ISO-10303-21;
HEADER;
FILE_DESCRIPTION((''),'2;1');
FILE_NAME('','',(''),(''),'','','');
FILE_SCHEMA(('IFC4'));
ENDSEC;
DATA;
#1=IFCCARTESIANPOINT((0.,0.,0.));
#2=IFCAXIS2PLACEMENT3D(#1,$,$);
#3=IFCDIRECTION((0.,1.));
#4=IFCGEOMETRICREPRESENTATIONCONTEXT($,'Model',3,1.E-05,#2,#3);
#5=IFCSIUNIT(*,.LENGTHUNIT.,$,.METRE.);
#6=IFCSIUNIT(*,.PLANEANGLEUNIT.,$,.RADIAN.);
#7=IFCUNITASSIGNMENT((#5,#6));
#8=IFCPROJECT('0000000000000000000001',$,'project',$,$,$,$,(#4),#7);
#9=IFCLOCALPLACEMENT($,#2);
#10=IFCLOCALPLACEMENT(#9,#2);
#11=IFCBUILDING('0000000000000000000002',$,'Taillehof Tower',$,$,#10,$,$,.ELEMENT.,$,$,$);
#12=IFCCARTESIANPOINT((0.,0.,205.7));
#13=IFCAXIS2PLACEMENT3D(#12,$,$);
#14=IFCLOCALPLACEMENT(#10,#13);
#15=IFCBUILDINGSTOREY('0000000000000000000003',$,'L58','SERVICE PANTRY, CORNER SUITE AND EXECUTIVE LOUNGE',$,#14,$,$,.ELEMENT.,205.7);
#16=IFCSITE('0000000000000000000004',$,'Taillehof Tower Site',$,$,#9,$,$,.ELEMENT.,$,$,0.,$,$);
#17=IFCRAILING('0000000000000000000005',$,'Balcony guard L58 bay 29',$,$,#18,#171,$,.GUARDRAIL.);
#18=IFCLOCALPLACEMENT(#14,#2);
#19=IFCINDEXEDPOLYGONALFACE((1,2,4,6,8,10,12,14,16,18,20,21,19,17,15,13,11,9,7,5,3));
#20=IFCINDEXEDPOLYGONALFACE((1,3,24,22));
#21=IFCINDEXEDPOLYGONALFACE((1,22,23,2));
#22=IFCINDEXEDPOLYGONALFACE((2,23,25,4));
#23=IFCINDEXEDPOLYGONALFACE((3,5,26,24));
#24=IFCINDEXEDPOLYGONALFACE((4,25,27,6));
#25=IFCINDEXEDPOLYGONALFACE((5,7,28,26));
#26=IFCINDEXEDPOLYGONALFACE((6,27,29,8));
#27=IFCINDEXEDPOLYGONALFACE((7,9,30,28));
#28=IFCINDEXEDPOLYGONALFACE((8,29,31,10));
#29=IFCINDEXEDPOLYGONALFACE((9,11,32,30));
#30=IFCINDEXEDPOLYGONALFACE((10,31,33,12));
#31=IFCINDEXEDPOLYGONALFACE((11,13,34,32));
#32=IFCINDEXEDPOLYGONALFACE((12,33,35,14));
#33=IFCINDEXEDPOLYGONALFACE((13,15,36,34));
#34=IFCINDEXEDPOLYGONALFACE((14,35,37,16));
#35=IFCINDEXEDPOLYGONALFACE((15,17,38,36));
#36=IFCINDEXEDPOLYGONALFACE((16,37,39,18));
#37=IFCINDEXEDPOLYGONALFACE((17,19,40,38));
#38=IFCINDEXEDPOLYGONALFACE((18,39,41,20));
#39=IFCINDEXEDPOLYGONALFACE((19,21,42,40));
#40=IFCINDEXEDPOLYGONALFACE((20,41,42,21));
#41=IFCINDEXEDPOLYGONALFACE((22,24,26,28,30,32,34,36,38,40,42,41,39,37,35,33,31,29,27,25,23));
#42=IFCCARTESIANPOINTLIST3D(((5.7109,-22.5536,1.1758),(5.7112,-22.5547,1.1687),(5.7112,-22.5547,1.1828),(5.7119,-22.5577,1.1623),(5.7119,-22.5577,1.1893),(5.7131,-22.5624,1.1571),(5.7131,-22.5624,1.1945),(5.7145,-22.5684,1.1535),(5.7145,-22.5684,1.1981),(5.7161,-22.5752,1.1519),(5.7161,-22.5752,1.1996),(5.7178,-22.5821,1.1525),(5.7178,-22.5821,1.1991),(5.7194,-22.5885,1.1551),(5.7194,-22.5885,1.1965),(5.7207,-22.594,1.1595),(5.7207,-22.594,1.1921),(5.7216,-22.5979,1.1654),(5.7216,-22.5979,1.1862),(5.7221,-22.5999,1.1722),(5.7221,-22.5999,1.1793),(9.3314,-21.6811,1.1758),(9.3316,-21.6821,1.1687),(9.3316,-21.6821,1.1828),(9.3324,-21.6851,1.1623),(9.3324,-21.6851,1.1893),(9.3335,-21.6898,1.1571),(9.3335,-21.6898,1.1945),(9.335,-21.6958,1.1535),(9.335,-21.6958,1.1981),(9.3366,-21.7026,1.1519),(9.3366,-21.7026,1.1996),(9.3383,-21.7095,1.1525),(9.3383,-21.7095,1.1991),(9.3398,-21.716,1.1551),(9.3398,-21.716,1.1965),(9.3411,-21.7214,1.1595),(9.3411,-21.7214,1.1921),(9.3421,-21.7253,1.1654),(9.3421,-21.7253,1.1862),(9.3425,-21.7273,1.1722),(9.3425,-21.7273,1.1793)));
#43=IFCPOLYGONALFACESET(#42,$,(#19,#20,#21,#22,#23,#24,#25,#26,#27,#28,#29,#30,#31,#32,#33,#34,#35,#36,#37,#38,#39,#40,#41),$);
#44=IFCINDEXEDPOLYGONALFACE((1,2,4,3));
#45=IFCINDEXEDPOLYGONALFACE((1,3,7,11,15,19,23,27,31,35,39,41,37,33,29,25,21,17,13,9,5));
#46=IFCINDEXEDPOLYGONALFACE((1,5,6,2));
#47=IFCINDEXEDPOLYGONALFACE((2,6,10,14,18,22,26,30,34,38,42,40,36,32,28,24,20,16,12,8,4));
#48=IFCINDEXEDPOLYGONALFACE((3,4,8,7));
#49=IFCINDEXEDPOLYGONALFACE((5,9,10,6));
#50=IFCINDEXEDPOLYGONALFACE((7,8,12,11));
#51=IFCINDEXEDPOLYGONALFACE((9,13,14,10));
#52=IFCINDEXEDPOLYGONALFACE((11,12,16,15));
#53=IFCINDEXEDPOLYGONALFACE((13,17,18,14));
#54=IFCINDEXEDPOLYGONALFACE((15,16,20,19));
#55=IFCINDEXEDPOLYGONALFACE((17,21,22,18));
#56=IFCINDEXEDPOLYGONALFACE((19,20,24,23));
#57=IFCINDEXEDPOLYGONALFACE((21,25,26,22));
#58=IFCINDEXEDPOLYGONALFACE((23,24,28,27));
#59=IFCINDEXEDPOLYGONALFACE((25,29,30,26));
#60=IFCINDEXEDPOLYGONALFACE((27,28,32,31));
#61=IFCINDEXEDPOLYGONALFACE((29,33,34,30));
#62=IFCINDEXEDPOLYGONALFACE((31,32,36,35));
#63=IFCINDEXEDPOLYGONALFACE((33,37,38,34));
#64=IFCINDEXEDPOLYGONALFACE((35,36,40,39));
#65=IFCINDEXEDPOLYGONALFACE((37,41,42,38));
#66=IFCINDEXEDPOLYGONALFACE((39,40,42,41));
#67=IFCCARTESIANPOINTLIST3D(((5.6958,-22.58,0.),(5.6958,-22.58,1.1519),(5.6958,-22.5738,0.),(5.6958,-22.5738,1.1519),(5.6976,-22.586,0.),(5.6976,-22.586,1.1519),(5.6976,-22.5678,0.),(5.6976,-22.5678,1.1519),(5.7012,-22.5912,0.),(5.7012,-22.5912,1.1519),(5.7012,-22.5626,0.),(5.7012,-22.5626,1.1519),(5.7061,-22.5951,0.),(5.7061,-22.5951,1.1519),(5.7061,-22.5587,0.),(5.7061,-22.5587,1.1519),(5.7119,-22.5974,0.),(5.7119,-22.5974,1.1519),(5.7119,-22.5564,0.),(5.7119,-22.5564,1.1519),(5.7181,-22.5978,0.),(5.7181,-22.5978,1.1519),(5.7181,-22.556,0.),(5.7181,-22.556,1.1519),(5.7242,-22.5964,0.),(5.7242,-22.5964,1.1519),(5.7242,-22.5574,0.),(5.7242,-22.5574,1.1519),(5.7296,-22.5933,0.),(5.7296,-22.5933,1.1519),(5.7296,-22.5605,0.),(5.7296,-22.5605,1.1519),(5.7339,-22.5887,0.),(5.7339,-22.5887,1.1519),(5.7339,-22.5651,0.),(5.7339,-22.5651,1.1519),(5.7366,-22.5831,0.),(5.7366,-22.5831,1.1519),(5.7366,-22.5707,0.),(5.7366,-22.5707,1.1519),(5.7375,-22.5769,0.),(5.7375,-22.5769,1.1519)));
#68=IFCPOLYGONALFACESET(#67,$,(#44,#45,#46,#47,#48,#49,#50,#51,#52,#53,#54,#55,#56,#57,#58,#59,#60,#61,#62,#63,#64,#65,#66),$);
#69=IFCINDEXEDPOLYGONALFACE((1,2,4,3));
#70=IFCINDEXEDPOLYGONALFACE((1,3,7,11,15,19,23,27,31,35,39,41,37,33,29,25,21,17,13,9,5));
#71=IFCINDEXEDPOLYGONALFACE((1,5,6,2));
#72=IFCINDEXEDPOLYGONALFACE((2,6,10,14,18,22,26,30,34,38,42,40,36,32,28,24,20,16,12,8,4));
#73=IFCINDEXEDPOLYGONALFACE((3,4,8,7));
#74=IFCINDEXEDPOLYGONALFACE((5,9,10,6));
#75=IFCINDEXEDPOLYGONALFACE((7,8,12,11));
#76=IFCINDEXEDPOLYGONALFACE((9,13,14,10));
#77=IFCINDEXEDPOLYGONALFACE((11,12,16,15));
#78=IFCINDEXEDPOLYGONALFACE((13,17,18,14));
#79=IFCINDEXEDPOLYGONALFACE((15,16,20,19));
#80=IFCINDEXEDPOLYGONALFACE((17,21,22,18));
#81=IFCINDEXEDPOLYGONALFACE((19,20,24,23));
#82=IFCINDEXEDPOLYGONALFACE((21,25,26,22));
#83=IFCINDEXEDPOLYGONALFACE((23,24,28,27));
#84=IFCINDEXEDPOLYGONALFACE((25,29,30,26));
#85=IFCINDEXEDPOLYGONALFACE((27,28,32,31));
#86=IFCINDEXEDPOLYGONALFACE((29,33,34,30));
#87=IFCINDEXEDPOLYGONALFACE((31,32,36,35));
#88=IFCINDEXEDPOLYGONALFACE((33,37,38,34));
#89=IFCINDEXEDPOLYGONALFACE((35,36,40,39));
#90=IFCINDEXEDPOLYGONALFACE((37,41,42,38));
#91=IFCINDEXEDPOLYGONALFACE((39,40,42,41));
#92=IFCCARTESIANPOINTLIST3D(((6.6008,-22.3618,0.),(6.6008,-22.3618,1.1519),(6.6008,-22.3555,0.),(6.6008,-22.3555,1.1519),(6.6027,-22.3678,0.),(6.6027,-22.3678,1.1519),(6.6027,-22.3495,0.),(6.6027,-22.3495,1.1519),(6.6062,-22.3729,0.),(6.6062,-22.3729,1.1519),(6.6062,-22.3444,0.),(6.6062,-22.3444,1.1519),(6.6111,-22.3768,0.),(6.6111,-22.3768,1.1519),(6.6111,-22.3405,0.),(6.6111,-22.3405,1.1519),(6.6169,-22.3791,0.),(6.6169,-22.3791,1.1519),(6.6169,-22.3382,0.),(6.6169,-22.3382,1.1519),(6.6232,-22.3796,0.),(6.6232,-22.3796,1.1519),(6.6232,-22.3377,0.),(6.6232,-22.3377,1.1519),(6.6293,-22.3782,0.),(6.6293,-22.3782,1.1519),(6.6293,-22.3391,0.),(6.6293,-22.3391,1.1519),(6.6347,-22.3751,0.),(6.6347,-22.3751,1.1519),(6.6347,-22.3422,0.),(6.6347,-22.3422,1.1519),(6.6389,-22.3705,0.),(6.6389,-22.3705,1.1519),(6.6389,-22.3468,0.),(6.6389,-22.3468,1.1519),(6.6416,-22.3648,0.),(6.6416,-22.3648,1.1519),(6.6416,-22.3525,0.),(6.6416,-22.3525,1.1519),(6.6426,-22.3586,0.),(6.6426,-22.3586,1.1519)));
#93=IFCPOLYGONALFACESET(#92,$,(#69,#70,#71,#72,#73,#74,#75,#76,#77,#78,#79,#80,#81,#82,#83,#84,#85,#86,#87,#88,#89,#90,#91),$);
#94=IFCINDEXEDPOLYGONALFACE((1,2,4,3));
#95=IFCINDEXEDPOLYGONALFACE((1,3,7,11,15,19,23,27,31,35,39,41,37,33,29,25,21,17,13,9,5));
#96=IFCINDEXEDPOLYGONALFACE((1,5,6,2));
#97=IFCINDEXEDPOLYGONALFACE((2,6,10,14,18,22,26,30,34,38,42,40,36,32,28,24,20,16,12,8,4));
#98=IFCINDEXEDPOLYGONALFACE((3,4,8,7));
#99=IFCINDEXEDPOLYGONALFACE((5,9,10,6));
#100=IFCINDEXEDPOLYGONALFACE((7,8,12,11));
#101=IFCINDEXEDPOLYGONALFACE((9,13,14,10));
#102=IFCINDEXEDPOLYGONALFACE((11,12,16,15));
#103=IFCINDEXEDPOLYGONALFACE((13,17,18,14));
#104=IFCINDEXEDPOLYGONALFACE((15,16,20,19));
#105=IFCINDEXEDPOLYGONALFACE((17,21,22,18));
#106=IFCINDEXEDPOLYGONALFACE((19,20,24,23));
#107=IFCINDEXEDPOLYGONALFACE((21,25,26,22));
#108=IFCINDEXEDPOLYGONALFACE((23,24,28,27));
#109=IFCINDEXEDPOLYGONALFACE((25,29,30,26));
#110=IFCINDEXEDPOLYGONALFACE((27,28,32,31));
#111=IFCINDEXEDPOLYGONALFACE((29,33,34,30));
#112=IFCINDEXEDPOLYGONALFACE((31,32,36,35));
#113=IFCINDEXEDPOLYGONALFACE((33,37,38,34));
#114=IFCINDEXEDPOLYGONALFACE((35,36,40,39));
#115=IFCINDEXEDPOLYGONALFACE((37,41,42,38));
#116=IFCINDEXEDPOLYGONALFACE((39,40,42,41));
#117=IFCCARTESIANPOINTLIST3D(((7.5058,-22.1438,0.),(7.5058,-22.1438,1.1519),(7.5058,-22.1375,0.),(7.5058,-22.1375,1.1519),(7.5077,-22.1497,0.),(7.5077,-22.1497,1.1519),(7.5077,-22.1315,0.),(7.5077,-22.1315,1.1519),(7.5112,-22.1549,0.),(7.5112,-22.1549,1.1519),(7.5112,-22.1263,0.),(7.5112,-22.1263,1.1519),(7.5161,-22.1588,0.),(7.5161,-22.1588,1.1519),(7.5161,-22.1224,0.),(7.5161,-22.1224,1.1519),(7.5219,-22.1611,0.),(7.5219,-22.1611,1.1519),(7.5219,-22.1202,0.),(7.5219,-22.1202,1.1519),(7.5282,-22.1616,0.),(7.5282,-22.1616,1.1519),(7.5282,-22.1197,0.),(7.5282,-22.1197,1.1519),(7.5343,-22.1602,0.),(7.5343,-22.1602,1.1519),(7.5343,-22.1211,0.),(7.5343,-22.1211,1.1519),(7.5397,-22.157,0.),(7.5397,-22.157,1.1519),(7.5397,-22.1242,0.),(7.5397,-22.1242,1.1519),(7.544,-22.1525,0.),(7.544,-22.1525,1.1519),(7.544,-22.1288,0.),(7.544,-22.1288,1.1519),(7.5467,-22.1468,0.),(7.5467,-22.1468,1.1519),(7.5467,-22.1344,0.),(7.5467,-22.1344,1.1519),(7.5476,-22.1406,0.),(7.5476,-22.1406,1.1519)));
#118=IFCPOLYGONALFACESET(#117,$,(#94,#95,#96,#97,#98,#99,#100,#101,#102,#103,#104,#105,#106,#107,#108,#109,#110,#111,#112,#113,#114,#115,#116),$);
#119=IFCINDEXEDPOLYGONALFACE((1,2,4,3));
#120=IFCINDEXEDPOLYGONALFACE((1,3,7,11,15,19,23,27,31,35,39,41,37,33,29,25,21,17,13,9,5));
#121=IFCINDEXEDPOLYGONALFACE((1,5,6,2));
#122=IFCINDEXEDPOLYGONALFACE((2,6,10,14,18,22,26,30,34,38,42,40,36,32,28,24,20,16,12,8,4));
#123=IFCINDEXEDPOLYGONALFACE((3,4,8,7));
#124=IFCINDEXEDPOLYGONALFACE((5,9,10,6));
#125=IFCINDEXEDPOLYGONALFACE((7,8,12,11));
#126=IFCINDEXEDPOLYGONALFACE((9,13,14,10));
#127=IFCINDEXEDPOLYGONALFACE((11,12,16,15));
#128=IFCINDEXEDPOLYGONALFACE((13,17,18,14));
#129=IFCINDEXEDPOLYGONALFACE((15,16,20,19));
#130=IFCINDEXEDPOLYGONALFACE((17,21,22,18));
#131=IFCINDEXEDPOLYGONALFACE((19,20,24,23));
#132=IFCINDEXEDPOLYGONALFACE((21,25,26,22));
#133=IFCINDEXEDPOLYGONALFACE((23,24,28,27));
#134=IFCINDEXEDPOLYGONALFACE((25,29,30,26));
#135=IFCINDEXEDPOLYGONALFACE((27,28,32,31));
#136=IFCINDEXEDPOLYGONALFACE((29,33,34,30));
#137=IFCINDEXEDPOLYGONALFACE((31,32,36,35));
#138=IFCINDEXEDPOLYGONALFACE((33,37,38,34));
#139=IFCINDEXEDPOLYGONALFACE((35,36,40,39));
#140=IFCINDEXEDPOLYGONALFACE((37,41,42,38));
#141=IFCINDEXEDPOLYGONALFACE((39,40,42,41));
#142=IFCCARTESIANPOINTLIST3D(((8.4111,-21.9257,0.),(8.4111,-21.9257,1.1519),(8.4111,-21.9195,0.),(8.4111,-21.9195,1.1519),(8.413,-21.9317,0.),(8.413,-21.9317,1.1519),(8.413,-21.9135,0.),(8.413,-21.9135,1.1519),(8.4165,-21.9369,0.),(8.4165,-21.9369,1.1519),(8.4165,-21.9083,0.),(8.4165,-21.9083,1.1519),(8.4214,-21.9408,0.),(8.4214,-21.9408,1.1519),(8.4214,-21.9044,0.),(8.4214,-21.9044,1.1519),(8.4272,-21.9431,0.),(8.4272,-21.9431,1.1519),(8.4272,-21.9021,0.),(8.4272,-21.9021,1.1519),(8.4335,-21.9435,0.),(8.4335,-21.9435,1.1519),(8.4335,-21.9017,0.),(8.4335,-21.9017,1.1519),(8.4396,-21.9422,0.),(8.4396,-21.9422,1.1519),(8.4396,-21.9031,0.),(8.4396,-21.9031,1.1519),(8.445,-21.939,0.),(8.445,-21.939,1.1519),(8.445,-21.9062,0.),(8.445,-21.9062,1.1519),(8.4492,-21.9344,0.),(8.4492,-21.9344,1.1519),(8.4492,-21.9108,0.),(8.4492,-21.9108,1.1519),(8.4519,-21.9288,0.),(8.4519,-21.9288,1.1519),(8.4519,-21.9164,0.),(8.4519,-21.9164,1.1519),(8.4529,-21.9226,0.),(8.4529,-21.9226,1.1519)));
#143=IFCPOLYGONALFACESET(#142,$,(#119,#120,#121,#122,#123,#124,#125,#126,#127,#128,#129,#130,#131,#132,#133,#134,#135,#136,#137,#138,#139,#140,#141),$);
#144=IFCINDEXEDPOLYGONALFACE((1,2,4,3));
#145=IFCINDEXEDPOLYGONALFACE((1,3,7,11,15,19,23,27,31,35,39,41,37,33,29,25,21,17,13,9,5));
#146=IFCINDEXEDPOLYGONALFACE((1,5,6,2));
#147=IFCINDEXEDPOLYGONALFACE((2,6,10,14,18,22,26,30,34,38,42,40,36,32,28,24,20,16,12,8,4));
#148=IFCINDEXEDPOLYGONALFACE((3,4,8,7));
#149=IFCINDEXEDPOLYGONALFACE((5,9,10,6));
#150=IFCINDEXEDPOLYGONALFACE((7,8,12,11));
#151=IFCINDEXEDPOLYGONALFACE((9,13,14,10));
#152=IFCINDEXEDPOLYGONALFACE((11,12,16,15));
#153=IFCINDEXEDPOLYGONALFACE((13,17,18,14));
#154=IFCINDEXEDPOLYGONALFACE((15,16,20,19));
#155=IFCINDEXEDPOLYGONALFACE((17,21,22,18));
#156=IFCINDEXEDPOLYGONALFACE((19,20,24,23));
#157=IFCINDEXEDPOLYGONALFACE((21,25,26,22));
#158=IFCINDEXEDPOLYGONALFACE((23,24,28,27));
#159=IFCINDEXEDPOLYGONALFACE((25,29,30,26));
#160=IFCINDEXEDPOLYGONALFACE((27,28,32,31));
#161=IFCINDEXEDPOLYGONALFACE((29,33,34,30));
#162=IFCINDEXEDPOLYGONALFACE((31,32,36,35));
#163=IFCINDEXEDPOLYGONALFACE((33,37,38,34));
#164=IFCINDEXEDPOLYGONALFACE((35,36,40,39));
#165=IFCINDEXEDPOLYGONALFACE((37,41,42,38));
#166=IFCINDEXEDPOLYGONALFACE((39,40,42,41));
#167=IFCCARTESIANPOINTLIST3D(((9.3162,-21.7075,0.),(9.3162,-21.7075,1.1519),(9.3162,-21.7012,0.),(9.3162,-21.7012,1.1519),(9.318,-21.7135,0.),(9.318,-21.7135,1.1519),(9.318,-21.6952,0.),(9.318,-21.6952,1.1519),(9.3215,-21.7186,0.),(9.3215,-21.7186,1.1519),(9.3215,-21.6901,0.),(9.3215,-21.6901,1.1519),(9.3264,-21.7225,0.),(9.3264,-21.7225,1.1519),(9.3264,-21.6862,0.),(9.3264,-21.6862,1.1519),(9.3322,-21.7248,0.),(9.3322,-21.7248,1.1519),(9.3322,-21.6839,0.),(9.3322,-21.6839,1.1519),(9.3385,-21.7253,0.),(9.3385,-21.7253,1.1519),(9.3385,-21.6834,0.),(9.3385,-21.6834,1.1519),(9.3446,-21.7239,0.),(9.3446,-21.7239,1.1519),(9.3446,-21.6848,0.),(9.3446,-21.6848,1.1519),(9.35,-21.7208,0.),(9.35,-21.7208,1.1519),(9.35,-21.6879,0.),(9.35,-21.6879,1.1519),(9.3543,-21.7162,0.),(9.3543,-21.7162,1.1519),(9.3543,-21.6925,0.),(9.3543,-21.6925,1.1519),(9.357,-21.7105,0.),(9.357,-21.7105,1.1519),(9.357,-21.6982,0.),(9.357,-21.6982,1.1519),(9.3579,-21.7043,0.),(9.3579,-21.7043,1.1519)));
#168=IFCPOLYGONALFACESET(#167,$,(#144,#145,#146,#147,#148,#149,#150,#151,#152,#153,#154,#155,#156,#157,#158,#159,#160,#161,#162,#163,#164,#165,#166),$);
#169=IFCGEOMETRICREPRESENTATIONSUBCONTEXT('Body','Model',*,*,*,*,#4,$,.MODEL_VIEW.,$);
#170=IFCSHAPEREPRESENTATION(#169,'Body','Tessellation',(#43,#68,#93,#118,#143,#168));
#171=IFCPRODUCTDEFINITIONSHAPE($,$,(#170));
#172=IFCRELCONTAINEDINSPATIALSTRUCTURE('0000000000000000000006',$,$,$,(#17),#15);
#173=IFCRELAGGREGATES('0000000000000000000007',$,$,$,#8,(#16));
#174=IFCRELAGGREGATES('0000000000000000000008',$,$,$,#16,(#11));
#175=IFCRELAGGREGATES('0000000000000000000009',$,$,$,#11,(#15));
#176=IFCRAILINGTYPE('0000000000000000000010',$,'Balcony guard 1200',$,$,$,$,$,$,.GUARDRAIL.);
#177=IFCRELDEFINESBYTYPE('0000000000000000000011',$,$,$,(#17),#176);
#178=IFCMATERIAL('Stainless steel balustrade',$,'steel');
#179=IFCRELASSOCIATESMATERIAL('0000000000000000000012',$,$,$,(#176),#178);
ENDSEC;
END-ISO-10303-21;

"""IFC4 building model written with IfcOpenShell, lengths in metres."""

from ifc_helpers import new_model, si_unit, direction, frame, origin, origin_2d, place, context, subcontext, project, spatial, circle, extrude, material, type_object, element, save


model = new_model("IFC4")

# Units and contexts
model_context = context("Model", 3, precision=1e-05, world=origin(), true_north=direction((0.0, 1.0)))
body_context = subcontext(model_context, "Body", "Model", "MODEL_VIEW")
ifc_project = project(units=[si_unit("LENGTHUNIT", "METRE"), si_unit("PLANEANGLEUNIT", "RADIAN")], contexts=[model_context])

# Site, building, storey
site_placement = place(None, origin())
site = spatial("IfcSite", under=ifc_project, at=site_placement, Name="Taillehof Tower Site", CompositionType="ELEMENT", RefElevation=0.0)
building_placement = place(site_placement, origin())
building = spatial("IfcBuilding", under=site, at=building_placement, Name="Taillehof Tower", CompositionType="ELEMENT")
storey_placement = place(building_placement, frame((0.0, 0.0, 205.7)))
storey = spatial("IfcBuildingStorey", under=building, at=storey_placement, Name="L58", Description="SERVICE PANTRY, CORNER SUITE AND EXECUTIVE LOUNGE", CompositionType="ELEMENT", Elevation=205.7)

# Railing
ifc_material_1 = material(Name="Stainless steel balustrade", Category="steel")
railing_type = type_object("IfcRailingType", Name="Balcony guard 1200", PredefinedType="GUARDRAIL", material=ifc_material_1)
railing_1_placement = place(storey_placement, frame((5.7166, -22.5769, 0.0)))
element("IfcRailing", 1, at=railing_1_placement, inside=storey, type_object=railing_type, Name="Balcony guard L58 bay 29", PredefinedType="GUARDRAIL", context=body_context, shape_type="SweptSolid", body=[
    extrude(circle(Radius=0.0239, at=origin_2d()), frame((0.0, 0.0, 1.1758), z_axis=(0.972163, 0.234305, 0.0), x_axis=(-0.234305, 0.972163, 0.0)), (0.0, 0.0, 1.0), 3.7241),
    extrude(circle(Radius=0.021, at=origin_2d()), origin(), (0.0, 0.0, 1.0), 1.1519),
    extrude(circle(Radius=0.021, at=origin_2d()), frame((0.905, 0.2183, 0.0)), (0.0, 0.0, 1.0), 1.1519),
    extrude(circle(Radius=0.021, at=origin_2d()), frame((1.8101, 0.4363, 0.0)), (0.0, 0.0, 1.0), 1.1519),
    extrude(circle(Radius=0.021, at=origin_2d()), frame((2.7153, 0.6543, 0.0)), (0.0, 0.0, 1.0), 1.1519),
    extrude(circle(Radius=0.021, at=origin_2d()), frame((3.6204, 0.8726, 0.0)), (0.0, 0.0, 1.0), 1.1519),
])

save(model, "model.ifc")
